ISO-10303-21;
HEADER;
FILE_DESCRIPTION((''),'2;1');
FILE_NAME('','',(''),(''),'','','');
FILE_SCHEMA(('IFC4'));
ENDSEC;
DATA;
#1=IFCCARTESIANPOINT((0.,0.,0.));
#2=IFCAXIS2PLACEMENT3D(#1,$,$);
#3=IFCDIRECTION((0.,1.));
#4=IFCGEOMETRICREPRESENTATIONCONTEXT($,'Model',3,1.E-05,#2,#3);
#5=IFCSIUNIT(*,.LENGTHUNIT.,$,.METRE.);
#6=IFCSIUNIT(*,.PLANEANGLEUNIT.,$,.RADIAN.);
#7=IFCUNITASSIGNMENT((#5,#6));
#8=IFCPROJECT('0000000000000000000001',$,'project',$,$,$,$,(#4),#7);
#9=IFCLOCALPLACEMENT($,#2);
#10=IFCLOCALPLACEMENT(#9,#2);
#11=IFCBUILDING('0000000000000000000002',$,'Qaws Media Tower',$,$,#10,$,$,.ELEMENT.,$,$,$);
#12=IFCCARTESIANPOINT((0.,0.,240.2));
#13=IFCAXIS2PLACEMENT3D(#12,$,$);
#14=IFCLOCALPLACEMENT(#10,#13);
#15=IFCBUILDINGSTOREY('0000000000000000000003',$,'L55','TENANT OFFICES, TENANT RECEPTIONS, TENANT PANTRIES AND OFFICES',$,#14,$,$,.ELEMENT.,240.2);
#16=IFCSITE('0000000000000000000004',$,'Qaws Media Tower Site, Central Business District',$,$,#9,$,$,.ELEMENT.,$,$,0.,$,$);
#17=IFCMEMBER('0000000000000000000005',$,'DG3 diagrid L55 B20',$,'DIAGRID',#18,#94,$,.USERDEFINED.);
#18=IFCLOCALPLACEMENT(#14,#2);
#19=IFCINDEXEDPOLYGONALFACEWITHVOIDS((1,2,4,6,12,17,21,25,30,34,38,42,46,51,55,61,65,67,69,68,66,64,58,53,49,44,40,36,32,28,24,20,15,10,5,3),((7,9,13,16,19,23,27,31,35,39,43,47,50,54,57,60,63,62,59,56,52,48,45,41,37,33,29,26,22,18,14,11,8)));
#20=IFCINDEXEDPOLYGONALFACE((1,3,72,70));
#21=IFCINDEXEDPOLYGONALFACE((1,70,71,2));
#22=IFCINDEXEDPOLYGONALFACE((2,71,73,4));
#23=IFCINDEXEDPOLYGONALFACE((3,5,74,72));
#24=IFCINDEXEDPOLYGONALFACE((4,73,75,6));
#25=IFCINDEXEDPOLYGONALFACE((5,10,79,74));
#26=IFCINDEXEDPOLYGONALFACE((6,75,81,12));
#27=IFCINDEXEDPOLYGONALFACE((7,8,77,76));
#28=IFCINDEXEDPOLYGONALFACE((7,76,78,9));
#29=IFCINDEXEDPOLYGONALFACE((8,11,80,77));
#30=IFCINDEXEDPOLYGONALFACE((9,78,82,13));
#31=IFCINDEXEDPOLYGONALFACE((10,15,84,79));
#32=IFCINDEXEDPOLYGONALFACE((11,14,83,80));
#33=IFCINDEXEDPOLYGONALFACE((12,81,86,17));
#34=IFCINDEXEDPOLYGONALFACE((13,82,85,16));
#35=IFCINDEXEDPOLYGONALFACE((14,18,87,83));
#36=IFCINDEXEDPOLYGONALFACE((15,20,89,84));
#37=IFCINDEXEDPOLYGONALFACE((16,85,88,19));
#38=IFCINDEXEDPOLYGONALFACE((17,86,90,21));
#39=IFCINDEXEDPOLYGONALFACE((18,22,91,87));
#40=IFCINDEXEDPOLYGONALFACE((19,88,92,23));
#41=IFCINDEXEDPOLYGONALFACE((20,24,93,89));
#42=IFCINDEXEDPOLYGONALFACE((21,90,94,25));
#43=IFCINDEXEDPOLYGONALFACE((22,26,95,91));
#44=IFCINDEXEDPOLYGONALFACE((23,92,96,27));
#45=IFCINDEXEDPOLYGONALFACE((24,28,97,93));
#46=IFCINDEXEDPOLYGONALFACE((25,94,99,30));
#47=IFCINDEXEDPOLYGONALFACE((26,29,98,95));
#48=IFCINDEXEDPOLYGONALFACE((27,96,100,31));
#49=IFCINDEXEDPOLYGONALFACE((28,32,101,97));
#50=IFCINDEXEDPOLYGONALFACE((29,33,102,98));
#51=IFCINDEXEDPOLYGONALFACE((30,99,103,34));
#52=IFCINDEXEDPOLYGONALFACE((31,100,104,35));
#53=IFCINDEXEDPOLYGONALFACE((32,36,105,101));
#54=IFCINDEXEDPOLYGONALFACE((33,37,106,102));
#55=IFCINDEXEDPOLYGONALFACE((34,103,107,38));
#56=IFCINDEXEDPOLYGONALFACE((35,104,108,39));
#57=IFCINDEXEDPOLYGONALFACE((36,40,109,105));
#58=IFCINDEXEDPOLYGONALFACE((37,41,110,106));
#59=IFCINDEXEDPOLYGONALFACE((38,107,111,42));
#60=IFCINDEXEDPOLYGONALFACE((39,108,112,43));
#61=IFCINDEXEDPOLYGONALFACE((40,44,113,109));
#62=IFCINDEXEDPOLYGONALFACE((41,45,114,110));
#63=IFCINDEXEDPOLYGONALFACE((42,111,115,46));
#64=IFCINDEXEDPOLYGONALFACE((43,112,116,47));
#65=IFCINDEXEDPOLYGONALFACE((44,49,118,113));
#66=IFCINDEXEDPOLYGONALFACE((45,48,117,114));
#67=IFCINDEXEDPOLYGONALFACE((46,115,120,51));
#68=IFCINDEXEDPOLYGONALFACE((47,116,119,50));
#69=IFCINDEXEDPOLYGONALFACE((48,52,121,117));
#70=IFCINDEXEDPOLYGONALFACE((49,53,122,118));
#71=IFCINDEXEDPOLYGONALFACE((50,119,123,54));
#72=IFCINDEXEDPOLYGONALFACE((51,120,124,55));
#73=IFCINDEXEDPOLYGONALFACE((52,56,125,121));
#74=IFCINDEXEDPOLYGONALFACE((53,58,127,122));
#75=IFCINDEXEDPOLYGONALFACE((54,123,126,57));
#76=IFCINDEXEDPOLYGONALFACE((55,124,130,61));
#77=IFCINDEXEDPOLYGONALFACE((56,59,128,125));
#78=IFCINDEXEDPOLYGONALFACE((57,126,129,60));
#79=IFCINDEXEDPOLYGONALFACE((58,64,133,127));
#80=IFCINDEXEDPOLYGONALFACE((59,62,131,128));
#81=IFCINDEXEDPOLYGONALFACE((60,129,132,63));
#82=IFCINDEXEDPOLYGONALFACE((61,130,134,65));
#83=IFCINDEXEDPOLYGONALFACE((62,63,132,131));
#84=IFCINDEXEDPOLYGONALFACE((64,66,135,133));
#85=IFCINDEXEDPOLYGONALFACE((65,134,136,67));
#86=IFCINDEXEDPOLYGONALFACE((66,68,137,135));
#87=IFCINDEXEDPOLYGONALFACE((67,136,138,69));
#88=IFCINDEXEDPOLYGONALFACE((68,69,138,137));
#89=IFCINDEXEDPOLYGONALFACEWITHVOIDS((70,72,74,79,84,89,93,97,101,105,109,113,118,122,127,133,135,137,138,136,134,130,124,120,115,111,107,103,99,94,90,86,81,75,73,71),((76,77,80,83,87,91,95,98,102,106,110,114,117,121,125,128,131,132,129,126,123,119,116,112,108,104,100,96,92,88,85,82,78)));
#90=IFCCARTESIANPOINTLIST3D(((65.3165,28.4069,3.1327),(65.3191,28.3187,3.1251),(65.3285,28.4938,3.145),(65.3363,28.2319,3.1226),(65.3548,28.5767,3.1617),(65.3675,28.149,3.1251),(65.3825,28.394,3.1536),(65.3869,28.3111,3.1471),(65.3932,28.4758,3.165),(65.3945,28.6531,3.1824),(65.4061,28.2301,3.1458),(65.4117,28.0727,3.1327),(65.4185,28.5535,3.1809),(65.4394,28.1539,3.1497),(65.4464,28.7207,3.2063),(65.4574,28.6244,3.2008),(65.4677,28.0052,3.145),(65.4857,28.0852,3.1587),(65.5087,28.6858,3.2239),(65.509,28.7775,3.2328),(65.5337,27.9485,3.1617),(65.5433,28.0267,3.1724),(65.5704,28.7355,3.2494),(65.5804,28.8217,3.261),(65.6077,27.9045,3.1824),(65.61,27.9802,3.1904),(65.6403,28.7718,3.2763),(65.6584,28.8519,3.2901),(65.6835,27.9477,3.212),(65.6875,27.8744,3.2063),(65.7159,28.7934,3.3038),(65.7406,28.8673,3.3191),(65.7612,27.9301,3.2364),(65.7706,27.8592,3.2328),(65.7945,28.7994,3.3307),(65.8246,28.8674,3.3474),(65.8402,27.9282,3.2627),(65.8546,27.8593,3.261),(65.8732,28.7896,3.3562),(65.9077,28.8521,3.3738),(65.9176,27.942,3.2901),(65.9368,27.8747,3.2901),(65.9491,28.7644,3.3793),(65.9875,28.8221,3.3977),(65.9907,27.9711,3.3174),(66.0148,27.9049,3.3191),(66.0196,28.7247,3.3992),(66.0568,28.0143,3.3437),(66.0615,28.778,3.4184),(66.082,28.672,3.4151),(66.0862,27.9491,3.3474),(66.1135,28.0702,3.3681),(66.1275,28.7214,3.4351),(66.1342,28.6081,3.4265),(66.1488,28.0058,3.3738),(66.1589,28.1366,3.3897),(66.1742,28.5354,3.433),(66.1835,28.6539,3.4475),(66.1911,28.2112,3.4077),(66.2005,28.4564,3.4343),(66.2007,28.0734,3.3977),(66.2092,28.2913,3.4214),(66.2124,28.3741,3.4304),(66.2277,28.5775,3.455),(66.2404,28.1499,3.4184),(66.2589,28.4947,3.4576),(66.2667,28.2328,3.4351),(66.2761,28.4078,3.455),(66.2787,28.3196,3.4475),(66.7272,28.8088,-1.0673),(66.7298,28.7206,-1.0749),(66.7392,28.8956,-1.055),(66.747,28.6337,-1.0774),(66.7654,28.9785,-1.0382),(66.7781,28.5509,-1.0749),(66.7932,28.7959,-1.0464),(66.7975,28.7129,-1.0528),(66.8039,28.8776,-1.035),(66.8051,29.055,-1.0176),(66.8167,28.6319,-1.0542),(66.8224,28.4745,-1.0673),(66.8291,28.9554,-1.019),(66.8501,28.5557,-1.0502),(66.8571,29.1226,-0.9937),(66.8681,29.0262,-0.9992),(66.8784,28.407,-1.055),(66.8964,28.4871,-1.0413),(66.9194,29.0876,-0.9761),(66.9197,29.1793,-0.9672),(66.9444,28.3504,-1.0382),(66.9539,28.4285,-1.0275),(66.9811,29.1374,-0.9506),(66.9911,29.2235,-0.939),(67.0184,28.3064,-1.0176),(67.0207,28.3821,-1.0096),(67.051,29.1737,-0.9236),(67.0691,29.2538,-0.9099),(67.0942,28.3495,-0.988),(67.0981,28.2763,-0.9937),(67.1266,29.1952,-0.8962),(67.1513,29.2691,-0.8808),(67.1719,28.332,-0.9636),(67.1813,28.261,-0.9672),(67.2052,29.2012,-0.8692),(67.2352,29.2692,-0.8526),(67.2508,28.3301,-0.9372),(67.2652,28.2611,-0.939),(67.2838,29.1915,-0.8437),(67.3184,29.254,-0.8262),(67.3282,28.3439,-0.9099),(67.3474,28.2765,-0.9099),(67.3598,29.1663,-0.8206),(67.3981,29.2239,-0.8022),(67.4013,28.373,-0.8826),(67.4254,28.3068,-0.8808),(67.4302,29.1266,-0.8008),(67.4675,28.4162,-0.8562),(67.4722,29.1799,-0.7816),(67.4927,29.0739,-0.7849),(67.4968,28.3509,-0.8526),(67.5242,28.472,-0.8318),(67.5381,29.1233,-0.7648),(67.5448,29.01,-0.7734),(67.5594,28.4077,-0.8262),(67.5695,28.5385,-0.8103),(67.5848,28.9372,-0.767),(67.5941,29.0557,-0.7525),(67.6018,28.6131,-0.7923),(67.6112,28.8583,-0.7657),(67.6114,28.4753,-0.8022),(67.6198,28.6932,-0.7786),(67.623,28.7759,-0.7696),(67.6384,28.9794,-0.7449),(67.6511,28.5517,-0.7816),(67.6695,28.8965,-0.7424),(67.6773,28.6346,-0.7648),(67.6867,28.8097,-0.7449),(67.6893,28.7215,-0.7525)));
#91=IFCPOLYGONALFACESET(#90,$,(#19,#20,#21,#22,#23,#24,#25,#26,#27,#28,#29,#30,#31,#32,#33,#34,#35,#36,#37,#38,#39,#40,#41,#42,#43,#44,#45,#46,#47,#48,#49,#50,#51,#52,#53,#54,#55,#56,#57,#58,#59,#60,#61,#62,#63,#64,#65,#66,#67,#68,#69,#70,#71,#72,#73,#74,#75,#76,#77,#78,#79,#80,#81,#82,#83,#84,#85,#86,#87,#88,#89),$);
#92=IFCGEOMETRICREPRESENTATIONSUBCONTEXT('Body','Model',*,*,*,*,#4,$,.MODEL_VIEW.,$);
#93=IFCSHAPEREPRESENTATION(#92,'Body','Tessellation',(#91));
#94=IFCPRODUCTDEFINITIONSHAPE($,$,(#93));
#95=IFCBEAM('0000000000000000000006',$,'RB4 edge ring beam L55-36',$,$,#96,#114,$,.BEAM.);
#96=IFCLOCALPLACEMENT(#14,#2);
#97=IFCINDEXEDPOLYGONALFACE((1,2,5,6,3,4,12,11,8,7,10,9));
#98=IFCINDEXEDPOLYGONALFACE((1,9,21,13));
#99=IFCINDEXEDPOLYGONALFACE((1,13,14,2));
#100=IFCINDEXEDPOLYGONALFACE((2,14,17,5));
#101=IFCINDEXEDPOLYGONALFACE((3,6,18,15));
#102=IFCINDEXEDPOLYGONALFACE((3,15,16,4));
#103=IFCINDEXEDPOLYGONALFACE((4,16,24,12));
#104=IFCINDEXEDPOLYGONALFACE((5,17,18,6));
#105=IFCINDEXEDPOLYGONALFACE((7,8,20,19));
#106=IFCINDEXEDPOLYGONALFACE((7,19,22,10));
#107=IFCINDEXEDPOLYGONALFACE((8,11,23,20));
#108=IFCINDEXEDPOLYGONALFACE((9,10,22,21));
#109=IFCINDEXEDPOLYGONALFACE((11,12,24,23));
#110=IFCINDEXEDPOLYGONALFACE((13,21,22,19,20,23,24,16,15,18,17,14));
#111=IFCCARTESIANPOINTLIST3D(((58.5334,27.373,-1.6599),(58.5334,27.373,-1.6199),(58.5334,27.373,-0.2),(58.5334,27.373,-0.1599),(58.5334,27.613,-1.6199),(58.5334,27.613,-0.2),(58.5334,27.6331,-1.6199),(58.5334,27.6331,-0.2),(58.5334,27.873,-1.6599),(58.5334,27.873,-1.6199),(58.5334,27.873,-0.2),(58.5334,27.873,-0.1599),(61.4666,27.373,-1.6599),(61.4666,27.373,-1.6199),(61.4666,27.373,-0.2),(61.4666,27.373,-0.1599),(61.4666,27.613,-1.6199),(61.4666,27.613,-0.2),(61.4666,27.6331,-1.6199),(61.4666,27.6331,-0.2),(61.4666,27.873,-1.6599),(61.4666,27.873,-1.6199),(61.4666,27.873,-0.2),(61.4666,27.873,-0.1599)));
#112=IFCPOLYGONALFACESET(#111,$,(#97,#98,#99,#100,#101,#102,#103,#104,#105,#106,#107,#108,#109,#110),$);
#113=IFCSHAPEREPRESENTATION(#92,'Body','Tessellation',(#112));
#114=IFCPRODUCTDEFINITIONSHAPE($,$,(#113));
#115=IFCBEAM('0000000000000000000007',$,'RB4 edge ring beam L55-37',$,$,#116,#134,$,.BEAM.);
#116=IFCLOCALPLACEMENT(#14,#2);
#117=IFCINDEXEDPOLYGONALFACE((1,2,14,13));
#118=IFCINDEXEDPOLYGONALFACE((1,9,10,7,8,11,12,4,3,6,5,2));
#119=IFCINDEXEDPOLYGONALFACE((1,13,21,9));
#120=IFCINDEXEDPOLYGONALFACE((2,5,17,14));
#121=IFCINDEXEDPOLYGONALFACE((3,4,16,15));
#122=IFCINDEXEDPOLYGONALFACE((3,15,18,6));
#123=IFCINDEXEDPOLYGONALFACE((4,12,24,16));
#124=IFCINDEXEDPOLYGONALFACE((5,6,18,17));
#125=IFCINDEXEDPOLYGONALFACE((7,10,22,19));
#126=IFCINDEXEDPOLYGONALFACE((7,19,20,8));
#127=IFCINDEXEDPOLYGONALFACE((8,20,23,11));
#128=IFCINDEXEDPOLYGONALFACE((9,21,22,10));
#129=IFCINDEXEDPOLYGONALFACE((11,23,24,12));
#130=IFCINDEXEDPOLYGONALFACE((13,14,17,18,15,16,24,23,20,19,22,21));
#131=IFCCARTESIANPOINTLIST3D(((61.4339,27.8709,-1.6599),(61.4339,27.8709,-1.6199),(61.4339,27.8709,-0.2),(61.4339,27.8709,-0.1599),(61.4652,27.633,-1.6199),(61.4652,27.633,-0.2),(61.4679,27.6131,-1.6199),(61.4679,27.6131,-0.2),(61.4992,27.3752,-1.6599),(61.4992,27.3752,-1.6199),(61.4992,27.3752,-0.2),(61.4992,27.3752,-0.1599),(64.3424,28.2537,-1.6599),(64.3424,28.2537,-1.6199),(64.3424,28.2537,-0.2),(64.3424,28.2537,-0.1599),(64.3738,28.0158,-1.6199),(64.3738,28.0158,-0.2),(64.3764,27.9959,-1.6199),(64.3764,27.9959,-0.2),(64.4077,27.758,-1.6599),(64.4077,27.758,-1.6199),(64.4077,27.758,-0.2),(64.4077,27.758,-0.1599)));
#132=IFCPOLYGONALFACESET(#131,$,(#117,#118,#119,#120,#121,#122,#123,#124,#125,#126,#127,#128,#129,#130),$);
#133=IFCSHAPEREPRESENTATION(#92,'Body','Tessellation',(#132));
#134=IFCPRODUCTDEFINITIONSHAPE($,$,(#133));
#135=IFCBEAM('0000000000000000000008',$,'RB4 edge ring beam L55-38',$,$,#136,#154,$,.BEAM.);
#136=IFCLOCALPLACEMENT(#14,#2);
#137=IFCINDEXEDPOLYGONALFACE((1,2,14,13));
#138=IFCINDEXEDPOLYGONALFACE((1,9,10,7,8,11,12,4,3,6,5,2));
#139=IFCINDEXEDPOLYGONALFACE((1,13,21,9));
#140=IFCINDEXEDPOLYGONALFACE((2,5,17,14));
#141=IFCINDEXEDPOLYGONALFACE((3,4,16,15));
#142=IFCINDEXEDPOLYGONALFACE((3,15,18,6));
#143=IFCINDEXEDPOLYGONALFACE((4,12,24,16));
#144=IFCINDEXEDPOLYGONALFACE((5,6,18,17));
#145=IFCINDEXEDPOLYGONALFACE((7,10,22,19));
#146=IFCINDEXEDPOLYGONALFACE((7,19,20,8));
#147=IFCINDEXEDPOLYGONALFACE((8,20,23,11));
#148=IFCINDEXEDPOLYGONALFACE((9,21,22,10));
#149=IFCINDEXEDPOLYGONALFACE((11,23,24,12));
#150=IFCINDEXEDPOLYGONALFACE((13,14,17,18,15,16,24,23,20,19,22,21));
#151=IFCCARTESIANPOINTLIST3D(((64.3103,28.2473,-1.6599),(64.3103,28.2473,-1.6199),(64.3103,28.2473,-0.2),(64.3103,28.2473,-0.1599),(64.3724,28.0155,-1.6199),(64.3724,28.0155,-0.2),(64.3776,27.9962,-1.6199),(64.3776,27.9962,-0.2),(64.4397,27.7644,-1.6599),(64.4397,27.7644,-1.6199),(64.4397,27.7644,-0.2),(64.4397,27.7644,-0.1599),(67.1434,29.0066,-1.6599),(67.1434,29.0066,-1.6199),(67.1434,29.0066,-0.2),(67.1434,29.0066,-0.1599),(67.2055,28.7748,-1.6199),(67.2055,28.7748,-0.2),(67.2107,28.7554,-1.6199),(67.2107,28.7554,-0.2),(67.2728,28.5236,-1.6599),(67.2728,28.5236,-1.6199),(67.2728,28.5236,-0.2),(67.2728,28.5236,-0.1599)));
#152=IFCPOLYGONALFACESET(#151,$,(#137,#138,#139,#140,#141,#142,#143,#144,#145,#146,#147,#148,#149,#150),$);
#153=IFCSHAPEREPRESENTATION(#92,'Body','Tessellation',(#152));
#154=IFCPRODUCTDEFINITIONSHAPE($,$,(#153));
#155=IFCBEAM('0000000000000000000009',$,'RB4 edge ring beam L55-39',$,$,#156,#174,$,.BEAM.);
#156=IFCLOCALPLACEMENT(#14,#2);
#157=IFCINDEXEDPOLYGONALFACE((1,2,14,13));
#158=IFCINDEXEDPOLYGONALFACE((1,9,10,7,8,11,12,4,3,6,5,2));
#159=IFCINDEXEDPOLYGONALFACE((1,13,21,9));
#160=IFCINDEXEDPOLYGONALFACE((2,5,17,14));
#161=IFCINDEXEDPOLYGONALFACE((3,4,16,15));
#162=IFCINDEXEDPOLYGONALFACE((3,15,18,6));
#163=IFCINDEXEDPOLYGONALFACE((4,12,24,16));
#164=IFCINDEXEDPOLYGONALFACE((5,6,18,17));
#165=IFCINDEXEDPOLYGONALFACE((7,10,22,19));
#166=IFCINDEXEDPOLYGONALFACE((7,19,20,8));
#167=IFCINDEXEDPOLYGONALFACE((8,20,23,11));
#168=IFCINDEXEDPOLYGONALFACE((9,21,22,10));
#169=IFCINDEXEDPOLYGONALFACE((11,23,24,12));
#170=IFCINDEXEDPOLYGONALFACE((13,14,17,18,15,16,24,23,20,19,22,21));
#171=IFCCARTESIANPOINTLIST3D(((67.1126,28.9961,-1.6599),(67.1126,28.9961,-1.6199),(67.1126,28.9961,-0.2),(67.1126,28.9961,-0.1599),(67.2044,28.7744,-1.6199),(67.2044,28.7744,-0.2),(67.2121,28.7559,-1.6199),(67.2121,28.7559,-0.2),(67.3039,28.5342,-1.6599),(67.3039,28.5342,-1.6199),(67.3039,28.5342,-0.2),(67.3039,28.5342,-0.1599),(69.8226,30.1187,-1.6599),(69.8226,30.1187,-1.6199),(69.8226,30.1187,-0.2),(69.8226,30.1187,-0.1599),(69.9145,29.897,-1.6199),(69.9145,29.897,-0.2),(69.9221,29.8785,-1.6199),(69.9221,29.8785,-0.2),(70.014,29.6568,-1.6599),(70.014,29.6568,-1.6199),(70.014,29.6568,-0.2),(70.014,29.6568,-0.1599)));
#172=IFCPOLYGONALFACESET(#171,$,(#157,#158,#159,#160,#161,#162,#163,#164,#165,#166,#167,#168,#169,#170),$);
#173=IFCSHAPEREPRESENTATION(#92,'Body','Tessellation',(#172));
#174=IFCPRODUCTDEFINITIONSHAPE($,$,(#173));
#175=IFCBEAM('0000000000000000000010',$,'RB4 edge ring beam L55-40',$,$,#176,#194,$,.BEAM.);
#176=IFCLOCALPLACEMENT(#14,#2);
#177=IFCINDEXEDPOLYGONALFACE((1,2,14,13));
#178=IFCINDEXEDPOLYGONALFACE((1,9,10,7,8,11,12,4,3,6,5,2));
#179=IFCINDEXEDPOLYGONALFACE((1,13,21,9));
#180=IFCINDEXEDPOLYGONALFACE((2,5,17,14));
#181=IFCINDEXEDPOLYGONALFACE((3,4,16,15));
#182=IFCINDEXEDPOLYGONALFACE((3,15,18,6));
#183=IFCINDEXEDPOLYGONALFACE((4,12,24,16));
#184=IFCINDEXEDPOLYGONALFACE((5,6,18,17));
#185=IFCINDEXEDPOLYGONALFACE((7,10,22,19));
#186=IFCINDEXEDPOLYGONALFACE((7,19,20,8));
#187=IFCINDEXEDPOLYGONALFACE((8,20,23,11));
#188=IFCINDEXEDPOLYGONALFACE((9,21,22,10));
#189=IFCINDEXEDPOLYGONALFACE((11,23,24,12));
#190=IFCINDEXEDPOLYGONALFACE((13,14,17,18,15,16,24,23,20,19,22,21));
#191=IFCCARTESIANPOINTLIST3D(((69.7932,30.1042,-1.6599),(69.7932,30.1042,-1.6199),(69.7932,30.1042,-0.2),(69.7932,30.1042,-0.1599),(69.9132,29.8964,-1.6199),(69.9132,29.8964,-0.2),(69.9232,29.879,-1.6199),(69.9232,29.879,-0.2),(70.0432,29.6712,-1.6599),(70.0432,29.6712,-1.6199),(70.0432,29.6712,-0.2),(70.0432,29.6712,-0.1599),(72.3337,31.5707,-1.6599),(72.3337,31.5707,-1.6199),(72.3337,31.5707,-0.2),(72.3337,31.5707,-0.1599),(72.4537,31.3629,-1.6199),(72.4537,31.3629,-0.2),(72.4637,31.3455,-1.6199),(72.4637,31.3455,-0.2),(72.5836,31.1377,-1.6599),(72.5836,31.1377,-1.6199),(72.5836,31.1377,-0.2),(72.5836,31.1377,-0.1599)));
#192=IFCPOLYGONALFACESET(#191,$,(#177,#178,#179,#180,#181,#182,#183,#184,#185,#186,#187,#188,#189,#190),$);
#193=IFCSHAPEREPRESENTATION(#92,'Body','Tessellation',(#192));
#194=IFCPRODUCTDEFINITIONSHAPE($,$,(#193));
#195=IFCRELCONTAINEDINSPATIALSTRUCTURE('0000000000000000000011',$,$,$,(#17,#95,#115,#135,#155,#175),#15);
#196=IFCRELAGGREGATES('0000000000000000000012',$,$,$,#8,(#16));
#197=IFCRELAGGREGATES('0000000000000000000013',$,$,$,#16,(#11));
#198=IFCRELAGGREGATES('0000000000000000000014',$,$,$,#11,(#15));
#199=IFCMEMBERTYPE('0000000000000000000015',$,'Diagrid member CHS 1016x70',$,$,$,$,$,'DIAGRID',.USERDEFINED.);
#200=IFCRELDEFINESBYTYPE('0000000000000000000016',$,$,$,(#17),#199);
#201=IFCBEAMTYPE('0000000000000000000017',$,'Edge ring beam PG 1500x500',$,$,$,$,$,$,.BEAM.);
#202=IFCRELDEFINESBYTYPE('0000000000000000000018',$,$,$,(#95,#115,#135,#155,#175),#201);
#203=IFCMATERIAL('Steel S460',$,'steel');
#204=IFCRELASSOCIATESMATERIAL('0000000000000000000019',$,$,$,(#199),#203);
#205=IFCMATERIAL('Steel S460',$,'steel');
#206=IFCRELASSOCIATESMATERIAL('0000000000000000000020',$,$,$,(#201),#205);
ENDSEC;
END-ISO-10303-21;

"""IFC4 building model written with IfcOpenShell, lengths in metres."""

from ifc_helpers import new_model, si_unit, direction, frame, origin, origin_2d, place, context, subcontext, project, spatial, hollow_circle, i_section, extrude, material, material_profile, profile_set, type_object, element, save


model = new_model("IFC4")

# Units and contexts
model_context = context("Model", 3, precision=1e-05, world=origin(), true_north=direction((0.0, 1.0)))
body_context = subcontext(model_context, "Body", "Model", "MODEL_VIEW")
ifc_project = project(units=[si_unit("LENGTHUNIT", "METRE"), si_unit("PLANEANGLEUNIT", "RADIAN")], contexts=[model_context])

# Site, building, storey
site_placement = place(None, origin())
site = spatial("IfcSite", under=ifc_project, at=site_placement, Name="Qaws Media Tower Site, Central Business District", CompositionType="ELEMENT", RefElevation=0.0)
building_placement = place(site_placement, origin())
building = spatial("IfcBuilding", under=site, at=building_placement, Name="Qaws Media Tower", CompositionType="ELEMENT")
storey_placement = place(building_placement, frame((0.0, 0.0, 240.2)))
storey = spatial("IfcBuildingStorey", under=building, at=storey_placement, Name="L55", Description="TENANT OFFICES, TENANT RECEPTIONS, TENANT PANTRIES AND OFFICES", CompositionType="ELEMENT", Elevation=240.2)

# Member
ifc_material_1 = material(Name="Steel S460", Category="steel")
ifc_material_profile_1 = material_profile(ifc_material_1, hollow_circle(Radius=0.5081, WallThickness=0.0701, at=origin_2d()), Name="CHS 1016x70")
ifc_profile_set_1 = profile_set([ifc_material_profile_1], Name="Steel S460")
member_type_1 = type_object("IfcMemberType", Name="Diagrid member CHS 1016x70", ElementType="DIAGRID", PredefinedType="USERDEFINED", material=ifc_profile_set_1)
for number, where, z_axis, x_axis, name in (
    (1, (67.2083, 28.7651, -0.9099), (-0.317091, -0.090331, 0.944084), (0.273974, -0.961737, 0.0), "DG3 diagrid L55 B20"),
):
    element("IfcMember", number, at=place(storey_placement, frame(where, z_axis=z_axis, x_axis=x_axis)), inside=storey, type_object=member_type_1, Name=name, ObjectType="DIAGRID", PredefinedType="USERDEFINED", context=body_context, shape_type="SweptSolid", body=[
        extrude(hollow_circle(Radius=0.5081, WallThickness=0.0701, at=origin_2d()), origin(), (0.0, 0.0, 1.0), 4.4487),
    ])

# Beams
ifc_material_2 = material(Name="Steel S460", Category="steel")
ifc_material_profile_2 = material_profile(ifc_material_2, i_section(OverallWidth=0.5, OverallDepth=1.5, WebThickness=0.02, FlangeThickness=0.04, at=origin_2d()), Name="PG 1500x500")
ifc_profile_set_2 = profile_set([ifc_material_profile_2], Name="Steel S460")
beam_type = type_object("IfcBeamType", Name="Edge ring beam PG 1500x500", PredefinedType="BEAM", material=ifc_profile_set_2)
beam_1_placement = place(storey_placement, frame((58.5334, 27.623, -0.9099), z_axis=(1.0, 0.0, 0.0), x_axis=(0.0, 1.0, 0.0)))
element("IfcBeam", 2, at=beam_1_placement, inside=storey, type_object=beam_type, Name="RB4 edge ring beam L55-36", PredefinedType="BEAM", context=body_context, shape_type="SweptSolid", body=[
    extrude(i_section(OverallWidth=0.5, OverallDepth=1.5, WebThickness=0.02, FlangeThickness=0.04, at=origin_2d()), origin(), (0.0, 0.0, 1.0), 2.9331),
])
beam_2_placement = place(storey_placement, frame((61.4666, 27.623, -0.9099), z_axis=(0.991449, 0.130495, 0.0), x_axis=(-0.130495, 0.991449, 0.0)))
element("IfcBeam", 3, at=beam_2_placement, inside=storey, type_object=beam_type, Name="RB4 edge ring beam L55-37", PredefinedType="BEAM", context=body_context, shape_type="SweptSolid", body=[
    extrude(i_section(OverallWidth=0.5, OverallDepth=1.5, WebThickness=0.02, FlangeThickness=0.04, at=origin_2d()), origin(), (0.0, 0.0, 1.0), 2.9336),
])
beam_3_placement = place(storey_placement, frame((64.375, 28.0059, -0.9099), z_axis=(0.965916, 0.258854, 0.0), x_axis=(-0.258854, 0.965916, 0.0)))
element("IfcBeam", 4, at=beam_3_placement, inside=storey, type_object=beam_type, Name="RB4 edge ring beam L55-38", PredefinedType="BEAM", context=body_context, shape_type="SweptSolid", body=[
    extrude(i_section(OverallWidth=0.5, OverallDepth=1.5, WebThickness=0.02, FlangeThickness=0.04, at=origin_2d()), origin(), (0.0, 0.0, 1.0), 2.9331),
])
for number, where, z_axis, x_axis, name in (
    (5, (67.2083, 28.7651, -0.9099), (0.923873, 0.3827, 0.0), (-0.3827, 0.923873, 0.0), "RB4 edge ring beam L55-39"),
    (6, (69.9182, 29.8877, -0.9099), (0.866058, 0.499943, 0.0), (-0.499943, 0.866058, 0.0), "RB4 edge ring beam L55-40"),
):
    element("IfcBeam", number, at=place(storey_placement, frame(where, z_axis=z_axis, x_axis=x_axis)), inside=storey, type_object=beam_type, Name=name, PredefinedType="BEAM", context=body_context, shape_type="SweptSolid", body=[
        extrude(i_section(OverallWidth=0.5, OverallDepth=1.5, WebThickness=0.02, FlangeThickness=0.04, at=origin_2d()), origin(), (0.0, 0.0, 1.0), 2.9333),
    ])

save(model, "model.ifc")
